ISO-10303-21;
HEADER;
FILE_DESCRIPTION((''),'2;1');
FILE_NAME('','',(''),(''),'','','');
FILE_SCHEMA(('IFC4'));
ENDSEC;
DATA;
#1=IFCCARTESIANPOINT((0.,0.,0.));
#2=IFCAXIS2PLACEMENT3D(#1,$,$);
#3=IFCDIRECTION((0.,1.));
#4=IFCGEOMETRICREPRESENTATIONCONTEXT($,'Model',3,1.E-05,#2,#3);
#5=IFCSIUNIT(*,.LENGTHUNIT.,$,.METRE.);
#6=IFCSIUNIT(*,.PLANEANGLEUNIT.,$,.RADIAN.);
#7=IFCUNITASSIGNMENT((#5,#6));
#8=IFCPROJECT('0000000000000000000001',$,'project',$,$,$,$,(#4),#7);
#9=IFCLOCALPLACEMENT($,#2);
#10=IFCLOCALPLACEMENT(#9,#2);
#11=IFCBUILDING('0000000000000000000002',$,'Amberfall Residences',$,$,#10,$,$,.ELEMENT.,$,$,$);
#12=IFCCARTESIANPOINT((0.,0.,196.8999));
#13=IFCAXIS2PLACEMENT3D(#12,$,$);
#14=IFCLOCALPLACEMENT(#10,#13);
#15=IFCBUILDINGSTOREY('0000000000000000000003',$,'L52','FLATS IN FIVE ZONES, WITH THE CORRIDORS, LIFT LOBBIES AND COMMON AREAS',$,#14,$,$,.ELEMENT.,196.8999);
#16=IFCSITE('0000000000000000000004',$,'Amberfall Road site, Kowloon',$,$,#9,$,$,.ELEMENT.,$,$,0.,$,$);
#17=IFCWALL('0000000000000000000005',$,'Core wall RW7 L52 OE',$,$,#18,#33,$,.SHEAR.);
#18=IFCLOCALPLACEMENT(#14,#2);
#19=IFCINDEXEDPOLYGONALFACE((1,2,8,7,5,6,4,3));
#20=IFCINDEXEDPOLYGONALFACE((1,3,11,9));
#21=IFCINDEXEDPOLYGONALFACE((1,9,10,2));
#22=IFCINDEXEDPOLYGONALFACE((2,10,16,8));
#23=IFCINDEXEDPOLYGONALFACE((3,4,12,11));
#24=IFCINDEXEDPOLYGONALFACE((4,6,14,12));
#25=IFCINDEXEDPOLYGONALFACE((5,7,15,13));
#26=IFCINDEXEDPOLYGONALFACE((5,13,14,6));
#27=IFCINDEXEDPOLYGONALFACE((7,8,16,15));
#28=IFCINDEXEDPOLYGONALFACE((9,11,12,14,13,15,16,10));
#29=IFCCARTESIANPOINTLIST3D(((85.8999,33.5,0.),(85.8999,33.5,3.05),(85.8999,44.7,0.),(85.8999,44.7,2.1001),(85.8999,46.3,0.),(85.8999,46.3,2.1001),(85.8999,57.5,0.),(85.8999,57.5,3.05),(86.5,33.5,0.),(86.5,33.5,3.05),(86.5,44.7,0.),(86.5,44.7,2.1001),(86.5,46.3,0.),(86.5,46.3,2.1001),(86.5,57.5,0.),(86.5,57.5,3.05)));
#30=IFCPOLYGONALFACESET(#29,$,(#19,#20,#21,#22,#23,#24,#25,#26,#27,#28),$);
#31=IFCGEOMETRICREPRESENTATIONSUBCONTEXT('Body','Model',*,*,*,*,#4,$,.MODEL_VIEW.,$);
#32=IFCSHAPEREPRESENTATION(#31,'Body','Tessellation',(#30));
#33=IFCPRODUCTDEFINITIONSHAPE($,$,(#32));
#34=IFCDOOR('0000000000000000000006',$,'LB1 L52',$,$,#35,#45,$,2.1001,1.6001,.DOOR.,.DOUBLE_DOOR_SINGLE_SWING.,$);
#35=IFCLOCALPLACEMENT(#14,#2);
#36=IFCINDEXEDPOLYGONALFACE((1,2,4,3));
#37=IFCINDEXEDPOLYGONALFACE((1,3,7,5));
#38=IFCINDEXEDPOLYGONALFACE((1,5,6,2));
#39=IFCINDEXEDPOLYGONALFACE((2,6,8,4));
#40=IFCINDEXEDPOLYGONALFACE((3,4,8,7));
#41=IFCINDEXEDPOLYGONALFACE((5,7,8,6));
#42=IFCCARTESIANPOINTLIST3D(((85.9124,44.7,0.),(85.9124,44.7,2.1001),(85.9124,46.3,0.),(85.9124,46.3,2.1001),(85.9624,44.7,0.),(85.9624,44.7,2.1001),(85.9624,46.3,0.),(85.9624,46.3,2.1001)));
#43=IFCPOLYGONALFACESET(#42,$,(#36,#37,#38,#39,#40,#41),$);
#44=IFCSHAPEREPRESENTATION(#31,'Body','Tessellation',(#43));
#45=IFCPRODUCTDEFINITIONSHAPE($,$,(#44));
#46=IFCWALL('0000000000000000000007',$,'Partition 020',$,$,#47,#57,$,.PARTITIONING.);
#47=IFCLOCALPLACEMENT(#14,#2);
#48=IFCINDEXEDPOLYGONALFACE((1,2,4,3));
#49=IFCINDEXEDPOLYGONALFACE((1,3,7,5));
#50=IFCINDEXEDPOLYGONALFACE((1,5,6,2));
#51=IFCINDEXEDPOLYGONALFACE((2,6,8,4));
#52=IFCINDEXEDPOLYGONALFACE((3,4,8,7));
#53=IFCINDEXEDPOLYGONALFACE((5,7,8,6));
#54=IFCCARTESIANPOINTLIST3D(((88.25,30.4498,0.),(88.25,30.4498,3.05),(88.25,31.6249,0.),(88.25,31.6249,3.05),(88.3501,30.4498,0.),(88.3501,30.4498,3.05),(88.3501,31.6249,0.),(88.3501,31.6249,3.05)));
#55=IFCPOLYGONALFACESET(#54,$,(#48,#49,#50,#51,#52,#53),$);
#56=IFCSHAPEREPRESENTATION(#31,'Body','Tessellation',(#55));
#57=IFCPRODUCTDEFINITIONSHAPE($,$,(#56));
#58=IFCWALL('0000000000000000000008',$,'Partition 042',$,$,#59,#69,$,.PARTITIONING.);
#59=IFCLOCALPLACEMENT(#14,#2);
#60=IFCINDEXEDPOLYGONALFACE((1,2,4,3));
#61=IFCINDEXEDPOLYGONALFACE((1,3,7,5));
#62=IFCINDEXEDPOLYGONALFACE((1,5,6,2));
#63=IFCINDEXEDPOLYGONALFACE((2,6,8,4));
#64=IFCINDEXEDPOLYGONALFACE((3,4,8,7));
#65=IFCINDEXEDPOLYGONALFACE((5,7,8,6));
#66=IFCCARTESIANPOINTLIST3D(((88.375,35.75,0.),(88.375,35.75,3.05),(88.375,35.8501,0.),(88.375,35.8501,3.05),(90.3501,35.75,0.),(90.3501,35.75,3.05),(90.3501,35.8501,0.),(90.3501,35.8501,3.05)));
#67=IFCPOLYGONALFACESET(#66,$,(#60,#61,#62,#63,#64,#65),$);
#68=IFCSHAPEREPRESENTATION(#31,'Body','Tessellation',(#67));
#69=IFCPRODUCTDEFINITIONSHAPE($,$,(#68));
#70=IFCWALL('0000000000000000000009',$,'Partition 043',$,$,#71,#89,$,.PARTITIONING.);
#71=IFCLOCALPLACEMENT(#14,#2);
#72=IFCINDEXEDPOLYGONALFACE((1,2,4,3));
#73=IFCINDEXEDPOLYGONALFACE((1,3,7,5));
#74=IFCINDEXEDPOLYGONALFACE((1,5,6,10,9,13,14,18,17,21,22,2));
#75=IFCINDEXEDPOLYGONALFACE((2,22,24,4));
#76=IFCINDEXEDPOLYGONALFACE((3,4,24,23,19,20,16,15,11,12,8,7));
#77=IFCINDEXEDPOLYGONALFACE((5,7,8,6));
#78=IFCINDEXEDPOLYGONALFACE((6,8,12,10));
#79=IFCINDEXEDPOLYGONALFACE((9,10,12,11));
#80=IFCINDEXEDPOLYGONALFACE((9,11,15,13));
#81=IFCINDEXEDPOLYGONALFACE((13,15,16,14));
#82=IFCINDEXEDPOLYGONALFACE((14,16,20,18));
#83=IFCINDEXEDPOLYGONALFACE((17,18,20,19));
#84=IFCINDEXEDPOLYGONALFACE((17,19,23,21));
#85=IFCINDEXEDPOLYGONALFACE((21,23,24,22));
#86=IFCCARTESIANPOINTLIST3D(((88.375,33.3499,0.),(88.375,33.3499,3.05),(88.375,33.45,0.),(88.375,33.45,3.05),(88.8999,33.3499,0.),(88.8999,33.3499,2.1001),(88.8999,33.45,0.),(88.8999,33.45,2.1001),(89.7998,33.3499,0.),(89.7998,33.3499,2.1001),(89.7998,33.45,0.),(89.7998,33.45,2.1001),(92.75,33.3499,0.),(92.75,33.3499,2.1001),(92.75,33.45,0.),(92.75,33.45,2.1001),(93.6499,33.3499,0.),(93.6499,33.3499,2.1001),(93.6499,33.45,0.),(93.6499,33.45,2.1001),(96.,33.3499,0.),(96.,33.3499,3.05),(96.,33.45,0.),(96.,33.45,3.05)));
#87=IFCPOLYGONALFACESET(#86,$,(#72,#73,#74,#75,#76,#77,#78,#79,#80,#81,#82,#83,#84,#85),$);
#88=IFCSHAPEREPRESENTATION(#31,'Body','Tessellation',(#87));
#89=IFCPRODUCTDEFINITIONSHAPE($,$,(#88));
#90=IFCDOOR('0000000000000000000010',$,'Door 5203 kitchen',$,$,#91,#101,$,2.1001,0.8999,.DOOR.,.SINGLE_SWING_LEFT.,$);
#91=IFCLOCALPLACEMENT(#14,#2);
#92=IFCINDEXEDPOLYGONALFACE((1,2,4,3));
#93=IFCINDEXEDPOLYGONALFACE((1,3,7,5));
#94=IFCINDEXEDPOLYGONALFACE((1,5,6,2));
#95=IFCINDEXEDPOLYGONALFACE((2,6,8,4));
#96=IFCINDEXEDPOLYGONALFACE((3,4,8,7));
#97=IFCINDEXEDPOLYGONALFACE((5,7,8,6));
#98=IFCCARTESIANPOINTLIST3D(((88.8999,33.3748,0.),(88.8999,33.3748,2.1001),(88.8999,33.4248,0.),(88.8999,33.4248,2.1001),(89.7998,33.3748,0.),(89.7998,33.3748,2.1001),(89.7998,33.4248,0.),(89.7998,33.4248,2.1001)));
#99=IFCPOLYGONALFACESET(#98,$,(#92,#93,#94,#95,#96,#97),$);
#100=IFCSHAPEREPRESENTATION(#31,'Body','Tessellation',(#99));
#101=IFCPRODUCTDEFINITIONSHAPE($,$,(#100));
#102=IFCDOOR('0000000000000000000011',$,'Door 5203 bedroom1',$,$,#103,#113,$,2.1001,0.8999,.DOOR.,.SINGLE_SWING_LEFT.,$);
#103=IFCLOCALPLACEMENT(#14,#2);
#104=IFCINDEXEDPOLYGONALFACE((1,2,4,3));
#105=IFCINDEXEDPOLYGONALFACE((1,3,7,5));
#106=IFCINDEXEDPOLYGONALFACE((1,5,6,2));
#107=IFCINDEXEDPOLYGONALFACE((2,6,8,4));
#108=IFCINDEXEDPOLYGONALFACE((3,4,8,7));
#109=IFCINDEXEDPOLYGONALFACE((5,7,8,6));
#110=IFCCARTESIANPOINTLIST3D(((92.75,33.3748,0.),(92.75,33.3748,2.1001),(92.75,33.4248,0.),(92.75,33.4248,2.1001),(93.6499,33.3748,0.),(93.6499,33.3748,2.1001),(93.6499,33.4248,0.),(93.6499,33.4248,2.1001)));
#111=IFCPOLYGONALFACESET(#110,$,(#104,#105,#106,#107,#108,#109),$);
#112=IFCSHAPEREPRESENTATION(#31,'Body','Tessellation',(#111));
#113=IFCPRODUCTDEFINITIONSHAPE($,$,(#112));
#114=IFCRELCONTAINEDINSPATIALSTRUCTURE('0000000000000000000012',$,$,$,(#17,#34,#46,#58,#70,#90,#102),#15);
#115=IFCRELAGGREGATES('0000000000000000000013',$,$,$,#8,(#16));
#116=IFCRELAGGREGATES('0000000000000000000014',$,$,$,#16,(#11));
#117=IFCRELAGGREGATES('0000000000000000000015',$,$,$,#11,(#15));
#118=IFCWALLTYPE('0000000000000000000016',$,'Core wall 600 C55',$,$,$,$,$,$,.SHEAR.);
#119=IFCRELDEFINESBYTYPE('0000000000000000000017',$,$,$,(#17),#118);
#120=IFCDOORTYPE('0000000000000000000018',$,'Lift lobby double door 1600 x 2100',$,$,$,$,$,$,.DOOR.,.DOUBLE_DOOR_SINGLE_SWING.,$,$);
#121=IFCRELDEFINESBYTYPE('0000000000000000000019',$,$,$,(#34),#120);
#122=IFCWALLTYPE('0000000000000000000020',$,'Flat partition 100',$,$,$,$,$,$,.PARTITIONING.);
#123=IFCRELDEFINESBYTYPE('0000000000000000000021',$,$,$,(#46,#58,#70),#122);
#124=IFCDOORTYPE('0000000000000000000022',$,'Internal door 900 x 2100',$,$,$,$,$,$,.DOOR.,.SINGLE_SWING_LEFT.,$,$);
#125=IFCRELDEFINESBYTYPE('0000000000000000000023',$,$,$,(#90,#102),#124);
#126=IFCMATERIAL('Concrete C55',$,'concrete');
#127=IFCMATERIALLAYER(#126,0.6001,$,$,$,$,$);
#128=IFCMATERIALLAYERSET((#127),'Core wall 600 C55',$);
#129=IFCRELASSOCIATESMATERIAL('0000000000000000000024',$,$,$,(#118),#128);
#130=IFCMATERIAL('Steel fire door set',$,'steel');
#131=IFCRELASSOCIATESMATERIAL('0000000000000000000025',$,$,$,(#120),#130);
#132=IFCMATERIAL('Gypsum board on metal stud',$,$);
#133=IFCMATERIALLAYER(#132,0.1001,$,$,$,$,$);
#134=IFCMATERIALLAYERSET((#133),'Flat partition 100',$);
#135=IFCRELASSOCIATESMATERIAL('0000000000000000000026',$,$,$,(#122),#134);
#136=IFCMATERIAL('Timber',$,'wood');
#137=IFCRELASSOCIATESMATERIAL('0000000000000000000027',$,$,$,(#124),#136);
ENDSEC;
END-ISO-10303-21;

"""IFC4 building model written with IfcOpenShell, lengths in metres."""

from ifc_helpers import new_model, si_unit, direction, frame, frame_2d, origin, place, context, subcontext, project, spatial, rectangle, extrude, material, layer, layer_set, type_object, element, fill, save


model = new_model("IFC4")

# Units and contexts
model_context = context("Model", 3, precision=1e-05, world=origin(), true_north=direction((0.0, 1.0)))
body_context = subcontext(model_context, "Body", "Model", "MODEL_VIEW")
ifc_project = project(units=[si_unit("LENGTHUNIT", "METRE"), si_unit("PLANEANGLEUNIT", "RADIAN")], contexts=[model_context])

# Site, building, storey
site_placement = place(None, origin())
site = spatial("IfcSite", under=ifc_project, at=site_placement, Name="Amberfall Road site, Kowloon", CompositionType="ELEMENT", RefElevation=0.0)
building_placement = place(site_placement, origin())
building = spatial("IfcBuilding", under=site, at=building_placement, Name="Amberfall Residences", CompositionType="ELEMENT")
storey_placement = place(building_placement, frame((0.0, 0.0, 196.8999)))
storey = spatial("IfcBuildingStorey", under=building, at=storey_placement, Name="L52", Description="FLATS IN FIVE ZONES, WITH THE CORRIDORS, LIFT LOBBIES AND COMMON AREAS", CompositionType="ELEMENT", Elevation=196.8999)

# Wall, opening, door
ifc_material_1 = material(Name="Concrete C55", Category="concrete")
ifc_layer_1 = layer(ifc_material_1, 0.6001)
ifc_layer_set_1 = layer_set([ifc_layer_1], Name="Core wall 600 C55")
wall_type_1 = type_object("IfcWallType", Name="Core wall 600 C55", PredefinedType="SHEAR", material=ifc_layer_set_1)
wall_1_placement = place(storey_placement, frame((86.2, 33.5, 0.0), z_axis=(0.0, 0.0, 1.0), x_axis=(0.0, 1.0, 0.0)))
wall_1 = element("IfcWall", 1, at=wall_1_placement, inside=storey, type_object=wall_type_1, Name="Core wall RW7 L52 OE", PredefinedType="SHEAR", context=body_context, shape_type="SweptSolid", body=[
    extrude(rectangle(XDim=24.0, YDim=0.6001, at=frame_2d((12.0, 0.0))), origin(), (0.0, 0.0, 1.0), 3.05),
])
opening_1_placement = place(wall_1_placement, frame((11.2, 0.0, 0.0)))
opening_1 = element("IfcOpeningElement", 2, at=opening_1_placement, cuts=wall_1, PredefinedType="OPENING", context=body_context, shape_type="SweptSolid", body=[
    extrude(rectangle(XDim=1.6001, YDim=2.1001, at=frame_2d((0.8, 1.05))), frame((0.0, 0.3101, 0.0), z_axis=(0.0, -1.0, 0.0), x_axis=(1.0, 0.0, 0.0)), (0.0, 0.0, 1.0), 0.6201),
])
ifc_material_2 = material(Name="Steel fire door set", Category="steel")
door_type_1 = type_object("IfcDoorType", Name="Lift lobby double door 1600 x 2100", OperationType="DOUBLE_DOOR_SINGLE_SWING", PredefinedType="DOOR", material=ifc_material_2)
door_1_placement = place(opening_1_placement, origin())
door_1 = element("IfcDoor", 3, at=door_1_placement, inside=storey, type_object=door_type_1, Name="LB1 L52", OperationType="DOUBLE_DOOR_SINGLE_SWING", OverallHeight=2.1001, OverallWidth=1.6001, PredefinedType="DOOR", context=body_context, shape_type="SweptSolid", body=[
    extrude(rectangle(XDim=1.6001, YDim=2.1001, at=frame_2d((0.8, 1.05))), frame((0.0, 0.2876, 0.0), z_axis=(0.0, -1.0, 0.0), x_axis=(1.0, 0.0, 0.0)), (0.0, 0.0, 1.0), 0.05),
])
fill(opening_1, door_1)

# Walls
ifc_material_3 = material(Name="Gypsum board on metal stud")
ifc_layer_2 = layer(ifc_material_3, 0.1001)
ifc_layer_set_2 = layer_set([ifc_layer_2], Name="Flat partition 100")
wall_type_2 = type_object("IfcWallType", Name="Flat partition 100", PredefinedType="PARTITIONING", material=ifc_layer_set_2)
wall_2_placement = place(storey_placement, frame((88.3, 30.45, 0.0), z_axis=(0.0, 0.0, 1.0), x_axis=(0.0, 1.0, 0.0)))
element("IfcWall", 4, at=wall_2_placement, inside=storey, type_object=wall_type_2, Name="Partition 020", PredefinedType="PARTITIONING", context=body_context, shape_type="SweptSolid", body=[
    extrude(rectangle(XDim=1.175, YDim=0.1001, at=frame_2d((0.5874, 0.0))), origin(), (0.0, 0.0, 1.0), 3.05),
])
wall_3_placement = place(storey_placement, frame((88.375, 35.8, 0.0), z_axis=(0.0, 0.0, 1.0), x_axis=(1.0, 0.0, 0.0)))
element("IfcWall", 5, at=wall_3_placement, inside=storey, type_object=wall_type_2, Name="Partition 042", PredefinedType="PARTITIONING", context=body_context, shape_type="SweptSolid", body=[
    extrude(rectangle(XDim=1.9751, YDim=0.1001, at=frame_2d((0.9875, 0.0))), origin(), (0.0, 0.0, 1.0), 3.05),
])

# Wall, openings, doors
wall_4_placement = place(storey_placement, frame((88.375, 33.3999, 0.0), z_axis=(0.0, 0.0, 1.0), x_axis=(1.0, 0.0, 0.0)))
wall_4 = element("IfcWall", 6, at=wall_4_placement, inside=storey, type_object=wall_type_2, Name="Partition 043", PredefinedType="PARTITIONING", context=body_context, shape_type="SweptSolid", body=[
    extrude(rectangle(XDim=7.625, YDim=0.1001, at=frame_2d((3.8125, 0.0))), origin(), (0.0, 0.0, 1.0), 3.05),
])
opening_2_placement = place(wall_4_placement, frame((0.5249, 0.0, 0.0)))
opening_2 = element("IfcOpeningElement", 7, at=opening_2_placement, cuts=wall_4, PredefinedType="OPENING", context=body_context, shape_type="SweptSolid", body=[
    extrude(rectangle(XDim=0.8999, YDim=2.1001, at=frame_2d((0.45, 1.05))), frame((0.0, 0.0601, 0.0), z_axis=(0.0, -1.0, 0.0), x_axis=(1.0, 0.0, 0.0)), (0.0, 0.0, 1.0), 0.1201),
])
opening_3_placement = place(wall_4_placement, frame((4.375, 0.0, 0.0)))
opening_3 = element("IfcOpeningElement", 8, at=opening_3_placement, cuts=wall_4, PredefinedType="OPENING", context=body_context, shape_type="SweptSolid", body=[
    extrude(rectangle(XDim=0.8999, YDim=2.1001, at=frame_2d((0.45, 1.05))), frame((0.0, 0.0601, 0.0), z_axis=(0.0, -1.0, 0.0), x_axis=(1.0, 0.0, 0.0)), (0.0, 0.0, 1.0), 0.1201),
])
ifc_material_4 = material(Name="Timber", Category="wood")
door_type_2 = type_object("IfcDoorType", Name="Internal door 900 x 2100", OperationType="SINGLE_SWING_LEFT", PredefinedType="DOOR", material=ifc_material_4)
door_2_placement = place(opening_2_placement, origin())
door_2 = element("IfcDoor", 9, at=door_2_placement, inside=storey, type_object=door_type_2, Name="Door 5203 kitchen", OperationType="SINGLE_SWING_LEFT", OverallHeight=2.1001, OverallWidth=0.8999, PredefinedType="DOOR", context=body_context, shape_type="SweptSolid", body=[
    extrude(rectangle(XDim=0.8999, YDim=2.1001, at=frame_2d((0.45, 1.05))), frame((0.0, 0.0249, 0.0), z_axis=(0.0, -1.0, 0.0), x_axis=(1.0, 0.0, 0.0)), (0.0, 0.0, 1.0), 0.05),
])
fill(opening_2, door_2)
door_3_placement = place(opening_3_placement, origin())
door_3 = element("IfcDoor", 10, at=door_3_placement, inside=storey, type_object=door_type_2, Name="Door 5203 bedroom1", OperationType="SINGLE_SWING_LEFT", OverallHeight=2.1001, OverallWidth=0.8999, PredefinedType="DOOR", context=body_context, shape_type="SweptSolid", body=[
    extrude(rectangle(XDim=0.8999, YDim=2.1001, at=frame_2d((0.45, 1.05))), frame((0.0, 0.0249, 0.0), z_axis=(0.0, -1.0, 0.0), x_axis=(1.0, 0.0, 0.0)), (0.0, 0.0, 1.0), 0.05),
])
fill(opening_3, door_3)

save(model, "model.ifc")
